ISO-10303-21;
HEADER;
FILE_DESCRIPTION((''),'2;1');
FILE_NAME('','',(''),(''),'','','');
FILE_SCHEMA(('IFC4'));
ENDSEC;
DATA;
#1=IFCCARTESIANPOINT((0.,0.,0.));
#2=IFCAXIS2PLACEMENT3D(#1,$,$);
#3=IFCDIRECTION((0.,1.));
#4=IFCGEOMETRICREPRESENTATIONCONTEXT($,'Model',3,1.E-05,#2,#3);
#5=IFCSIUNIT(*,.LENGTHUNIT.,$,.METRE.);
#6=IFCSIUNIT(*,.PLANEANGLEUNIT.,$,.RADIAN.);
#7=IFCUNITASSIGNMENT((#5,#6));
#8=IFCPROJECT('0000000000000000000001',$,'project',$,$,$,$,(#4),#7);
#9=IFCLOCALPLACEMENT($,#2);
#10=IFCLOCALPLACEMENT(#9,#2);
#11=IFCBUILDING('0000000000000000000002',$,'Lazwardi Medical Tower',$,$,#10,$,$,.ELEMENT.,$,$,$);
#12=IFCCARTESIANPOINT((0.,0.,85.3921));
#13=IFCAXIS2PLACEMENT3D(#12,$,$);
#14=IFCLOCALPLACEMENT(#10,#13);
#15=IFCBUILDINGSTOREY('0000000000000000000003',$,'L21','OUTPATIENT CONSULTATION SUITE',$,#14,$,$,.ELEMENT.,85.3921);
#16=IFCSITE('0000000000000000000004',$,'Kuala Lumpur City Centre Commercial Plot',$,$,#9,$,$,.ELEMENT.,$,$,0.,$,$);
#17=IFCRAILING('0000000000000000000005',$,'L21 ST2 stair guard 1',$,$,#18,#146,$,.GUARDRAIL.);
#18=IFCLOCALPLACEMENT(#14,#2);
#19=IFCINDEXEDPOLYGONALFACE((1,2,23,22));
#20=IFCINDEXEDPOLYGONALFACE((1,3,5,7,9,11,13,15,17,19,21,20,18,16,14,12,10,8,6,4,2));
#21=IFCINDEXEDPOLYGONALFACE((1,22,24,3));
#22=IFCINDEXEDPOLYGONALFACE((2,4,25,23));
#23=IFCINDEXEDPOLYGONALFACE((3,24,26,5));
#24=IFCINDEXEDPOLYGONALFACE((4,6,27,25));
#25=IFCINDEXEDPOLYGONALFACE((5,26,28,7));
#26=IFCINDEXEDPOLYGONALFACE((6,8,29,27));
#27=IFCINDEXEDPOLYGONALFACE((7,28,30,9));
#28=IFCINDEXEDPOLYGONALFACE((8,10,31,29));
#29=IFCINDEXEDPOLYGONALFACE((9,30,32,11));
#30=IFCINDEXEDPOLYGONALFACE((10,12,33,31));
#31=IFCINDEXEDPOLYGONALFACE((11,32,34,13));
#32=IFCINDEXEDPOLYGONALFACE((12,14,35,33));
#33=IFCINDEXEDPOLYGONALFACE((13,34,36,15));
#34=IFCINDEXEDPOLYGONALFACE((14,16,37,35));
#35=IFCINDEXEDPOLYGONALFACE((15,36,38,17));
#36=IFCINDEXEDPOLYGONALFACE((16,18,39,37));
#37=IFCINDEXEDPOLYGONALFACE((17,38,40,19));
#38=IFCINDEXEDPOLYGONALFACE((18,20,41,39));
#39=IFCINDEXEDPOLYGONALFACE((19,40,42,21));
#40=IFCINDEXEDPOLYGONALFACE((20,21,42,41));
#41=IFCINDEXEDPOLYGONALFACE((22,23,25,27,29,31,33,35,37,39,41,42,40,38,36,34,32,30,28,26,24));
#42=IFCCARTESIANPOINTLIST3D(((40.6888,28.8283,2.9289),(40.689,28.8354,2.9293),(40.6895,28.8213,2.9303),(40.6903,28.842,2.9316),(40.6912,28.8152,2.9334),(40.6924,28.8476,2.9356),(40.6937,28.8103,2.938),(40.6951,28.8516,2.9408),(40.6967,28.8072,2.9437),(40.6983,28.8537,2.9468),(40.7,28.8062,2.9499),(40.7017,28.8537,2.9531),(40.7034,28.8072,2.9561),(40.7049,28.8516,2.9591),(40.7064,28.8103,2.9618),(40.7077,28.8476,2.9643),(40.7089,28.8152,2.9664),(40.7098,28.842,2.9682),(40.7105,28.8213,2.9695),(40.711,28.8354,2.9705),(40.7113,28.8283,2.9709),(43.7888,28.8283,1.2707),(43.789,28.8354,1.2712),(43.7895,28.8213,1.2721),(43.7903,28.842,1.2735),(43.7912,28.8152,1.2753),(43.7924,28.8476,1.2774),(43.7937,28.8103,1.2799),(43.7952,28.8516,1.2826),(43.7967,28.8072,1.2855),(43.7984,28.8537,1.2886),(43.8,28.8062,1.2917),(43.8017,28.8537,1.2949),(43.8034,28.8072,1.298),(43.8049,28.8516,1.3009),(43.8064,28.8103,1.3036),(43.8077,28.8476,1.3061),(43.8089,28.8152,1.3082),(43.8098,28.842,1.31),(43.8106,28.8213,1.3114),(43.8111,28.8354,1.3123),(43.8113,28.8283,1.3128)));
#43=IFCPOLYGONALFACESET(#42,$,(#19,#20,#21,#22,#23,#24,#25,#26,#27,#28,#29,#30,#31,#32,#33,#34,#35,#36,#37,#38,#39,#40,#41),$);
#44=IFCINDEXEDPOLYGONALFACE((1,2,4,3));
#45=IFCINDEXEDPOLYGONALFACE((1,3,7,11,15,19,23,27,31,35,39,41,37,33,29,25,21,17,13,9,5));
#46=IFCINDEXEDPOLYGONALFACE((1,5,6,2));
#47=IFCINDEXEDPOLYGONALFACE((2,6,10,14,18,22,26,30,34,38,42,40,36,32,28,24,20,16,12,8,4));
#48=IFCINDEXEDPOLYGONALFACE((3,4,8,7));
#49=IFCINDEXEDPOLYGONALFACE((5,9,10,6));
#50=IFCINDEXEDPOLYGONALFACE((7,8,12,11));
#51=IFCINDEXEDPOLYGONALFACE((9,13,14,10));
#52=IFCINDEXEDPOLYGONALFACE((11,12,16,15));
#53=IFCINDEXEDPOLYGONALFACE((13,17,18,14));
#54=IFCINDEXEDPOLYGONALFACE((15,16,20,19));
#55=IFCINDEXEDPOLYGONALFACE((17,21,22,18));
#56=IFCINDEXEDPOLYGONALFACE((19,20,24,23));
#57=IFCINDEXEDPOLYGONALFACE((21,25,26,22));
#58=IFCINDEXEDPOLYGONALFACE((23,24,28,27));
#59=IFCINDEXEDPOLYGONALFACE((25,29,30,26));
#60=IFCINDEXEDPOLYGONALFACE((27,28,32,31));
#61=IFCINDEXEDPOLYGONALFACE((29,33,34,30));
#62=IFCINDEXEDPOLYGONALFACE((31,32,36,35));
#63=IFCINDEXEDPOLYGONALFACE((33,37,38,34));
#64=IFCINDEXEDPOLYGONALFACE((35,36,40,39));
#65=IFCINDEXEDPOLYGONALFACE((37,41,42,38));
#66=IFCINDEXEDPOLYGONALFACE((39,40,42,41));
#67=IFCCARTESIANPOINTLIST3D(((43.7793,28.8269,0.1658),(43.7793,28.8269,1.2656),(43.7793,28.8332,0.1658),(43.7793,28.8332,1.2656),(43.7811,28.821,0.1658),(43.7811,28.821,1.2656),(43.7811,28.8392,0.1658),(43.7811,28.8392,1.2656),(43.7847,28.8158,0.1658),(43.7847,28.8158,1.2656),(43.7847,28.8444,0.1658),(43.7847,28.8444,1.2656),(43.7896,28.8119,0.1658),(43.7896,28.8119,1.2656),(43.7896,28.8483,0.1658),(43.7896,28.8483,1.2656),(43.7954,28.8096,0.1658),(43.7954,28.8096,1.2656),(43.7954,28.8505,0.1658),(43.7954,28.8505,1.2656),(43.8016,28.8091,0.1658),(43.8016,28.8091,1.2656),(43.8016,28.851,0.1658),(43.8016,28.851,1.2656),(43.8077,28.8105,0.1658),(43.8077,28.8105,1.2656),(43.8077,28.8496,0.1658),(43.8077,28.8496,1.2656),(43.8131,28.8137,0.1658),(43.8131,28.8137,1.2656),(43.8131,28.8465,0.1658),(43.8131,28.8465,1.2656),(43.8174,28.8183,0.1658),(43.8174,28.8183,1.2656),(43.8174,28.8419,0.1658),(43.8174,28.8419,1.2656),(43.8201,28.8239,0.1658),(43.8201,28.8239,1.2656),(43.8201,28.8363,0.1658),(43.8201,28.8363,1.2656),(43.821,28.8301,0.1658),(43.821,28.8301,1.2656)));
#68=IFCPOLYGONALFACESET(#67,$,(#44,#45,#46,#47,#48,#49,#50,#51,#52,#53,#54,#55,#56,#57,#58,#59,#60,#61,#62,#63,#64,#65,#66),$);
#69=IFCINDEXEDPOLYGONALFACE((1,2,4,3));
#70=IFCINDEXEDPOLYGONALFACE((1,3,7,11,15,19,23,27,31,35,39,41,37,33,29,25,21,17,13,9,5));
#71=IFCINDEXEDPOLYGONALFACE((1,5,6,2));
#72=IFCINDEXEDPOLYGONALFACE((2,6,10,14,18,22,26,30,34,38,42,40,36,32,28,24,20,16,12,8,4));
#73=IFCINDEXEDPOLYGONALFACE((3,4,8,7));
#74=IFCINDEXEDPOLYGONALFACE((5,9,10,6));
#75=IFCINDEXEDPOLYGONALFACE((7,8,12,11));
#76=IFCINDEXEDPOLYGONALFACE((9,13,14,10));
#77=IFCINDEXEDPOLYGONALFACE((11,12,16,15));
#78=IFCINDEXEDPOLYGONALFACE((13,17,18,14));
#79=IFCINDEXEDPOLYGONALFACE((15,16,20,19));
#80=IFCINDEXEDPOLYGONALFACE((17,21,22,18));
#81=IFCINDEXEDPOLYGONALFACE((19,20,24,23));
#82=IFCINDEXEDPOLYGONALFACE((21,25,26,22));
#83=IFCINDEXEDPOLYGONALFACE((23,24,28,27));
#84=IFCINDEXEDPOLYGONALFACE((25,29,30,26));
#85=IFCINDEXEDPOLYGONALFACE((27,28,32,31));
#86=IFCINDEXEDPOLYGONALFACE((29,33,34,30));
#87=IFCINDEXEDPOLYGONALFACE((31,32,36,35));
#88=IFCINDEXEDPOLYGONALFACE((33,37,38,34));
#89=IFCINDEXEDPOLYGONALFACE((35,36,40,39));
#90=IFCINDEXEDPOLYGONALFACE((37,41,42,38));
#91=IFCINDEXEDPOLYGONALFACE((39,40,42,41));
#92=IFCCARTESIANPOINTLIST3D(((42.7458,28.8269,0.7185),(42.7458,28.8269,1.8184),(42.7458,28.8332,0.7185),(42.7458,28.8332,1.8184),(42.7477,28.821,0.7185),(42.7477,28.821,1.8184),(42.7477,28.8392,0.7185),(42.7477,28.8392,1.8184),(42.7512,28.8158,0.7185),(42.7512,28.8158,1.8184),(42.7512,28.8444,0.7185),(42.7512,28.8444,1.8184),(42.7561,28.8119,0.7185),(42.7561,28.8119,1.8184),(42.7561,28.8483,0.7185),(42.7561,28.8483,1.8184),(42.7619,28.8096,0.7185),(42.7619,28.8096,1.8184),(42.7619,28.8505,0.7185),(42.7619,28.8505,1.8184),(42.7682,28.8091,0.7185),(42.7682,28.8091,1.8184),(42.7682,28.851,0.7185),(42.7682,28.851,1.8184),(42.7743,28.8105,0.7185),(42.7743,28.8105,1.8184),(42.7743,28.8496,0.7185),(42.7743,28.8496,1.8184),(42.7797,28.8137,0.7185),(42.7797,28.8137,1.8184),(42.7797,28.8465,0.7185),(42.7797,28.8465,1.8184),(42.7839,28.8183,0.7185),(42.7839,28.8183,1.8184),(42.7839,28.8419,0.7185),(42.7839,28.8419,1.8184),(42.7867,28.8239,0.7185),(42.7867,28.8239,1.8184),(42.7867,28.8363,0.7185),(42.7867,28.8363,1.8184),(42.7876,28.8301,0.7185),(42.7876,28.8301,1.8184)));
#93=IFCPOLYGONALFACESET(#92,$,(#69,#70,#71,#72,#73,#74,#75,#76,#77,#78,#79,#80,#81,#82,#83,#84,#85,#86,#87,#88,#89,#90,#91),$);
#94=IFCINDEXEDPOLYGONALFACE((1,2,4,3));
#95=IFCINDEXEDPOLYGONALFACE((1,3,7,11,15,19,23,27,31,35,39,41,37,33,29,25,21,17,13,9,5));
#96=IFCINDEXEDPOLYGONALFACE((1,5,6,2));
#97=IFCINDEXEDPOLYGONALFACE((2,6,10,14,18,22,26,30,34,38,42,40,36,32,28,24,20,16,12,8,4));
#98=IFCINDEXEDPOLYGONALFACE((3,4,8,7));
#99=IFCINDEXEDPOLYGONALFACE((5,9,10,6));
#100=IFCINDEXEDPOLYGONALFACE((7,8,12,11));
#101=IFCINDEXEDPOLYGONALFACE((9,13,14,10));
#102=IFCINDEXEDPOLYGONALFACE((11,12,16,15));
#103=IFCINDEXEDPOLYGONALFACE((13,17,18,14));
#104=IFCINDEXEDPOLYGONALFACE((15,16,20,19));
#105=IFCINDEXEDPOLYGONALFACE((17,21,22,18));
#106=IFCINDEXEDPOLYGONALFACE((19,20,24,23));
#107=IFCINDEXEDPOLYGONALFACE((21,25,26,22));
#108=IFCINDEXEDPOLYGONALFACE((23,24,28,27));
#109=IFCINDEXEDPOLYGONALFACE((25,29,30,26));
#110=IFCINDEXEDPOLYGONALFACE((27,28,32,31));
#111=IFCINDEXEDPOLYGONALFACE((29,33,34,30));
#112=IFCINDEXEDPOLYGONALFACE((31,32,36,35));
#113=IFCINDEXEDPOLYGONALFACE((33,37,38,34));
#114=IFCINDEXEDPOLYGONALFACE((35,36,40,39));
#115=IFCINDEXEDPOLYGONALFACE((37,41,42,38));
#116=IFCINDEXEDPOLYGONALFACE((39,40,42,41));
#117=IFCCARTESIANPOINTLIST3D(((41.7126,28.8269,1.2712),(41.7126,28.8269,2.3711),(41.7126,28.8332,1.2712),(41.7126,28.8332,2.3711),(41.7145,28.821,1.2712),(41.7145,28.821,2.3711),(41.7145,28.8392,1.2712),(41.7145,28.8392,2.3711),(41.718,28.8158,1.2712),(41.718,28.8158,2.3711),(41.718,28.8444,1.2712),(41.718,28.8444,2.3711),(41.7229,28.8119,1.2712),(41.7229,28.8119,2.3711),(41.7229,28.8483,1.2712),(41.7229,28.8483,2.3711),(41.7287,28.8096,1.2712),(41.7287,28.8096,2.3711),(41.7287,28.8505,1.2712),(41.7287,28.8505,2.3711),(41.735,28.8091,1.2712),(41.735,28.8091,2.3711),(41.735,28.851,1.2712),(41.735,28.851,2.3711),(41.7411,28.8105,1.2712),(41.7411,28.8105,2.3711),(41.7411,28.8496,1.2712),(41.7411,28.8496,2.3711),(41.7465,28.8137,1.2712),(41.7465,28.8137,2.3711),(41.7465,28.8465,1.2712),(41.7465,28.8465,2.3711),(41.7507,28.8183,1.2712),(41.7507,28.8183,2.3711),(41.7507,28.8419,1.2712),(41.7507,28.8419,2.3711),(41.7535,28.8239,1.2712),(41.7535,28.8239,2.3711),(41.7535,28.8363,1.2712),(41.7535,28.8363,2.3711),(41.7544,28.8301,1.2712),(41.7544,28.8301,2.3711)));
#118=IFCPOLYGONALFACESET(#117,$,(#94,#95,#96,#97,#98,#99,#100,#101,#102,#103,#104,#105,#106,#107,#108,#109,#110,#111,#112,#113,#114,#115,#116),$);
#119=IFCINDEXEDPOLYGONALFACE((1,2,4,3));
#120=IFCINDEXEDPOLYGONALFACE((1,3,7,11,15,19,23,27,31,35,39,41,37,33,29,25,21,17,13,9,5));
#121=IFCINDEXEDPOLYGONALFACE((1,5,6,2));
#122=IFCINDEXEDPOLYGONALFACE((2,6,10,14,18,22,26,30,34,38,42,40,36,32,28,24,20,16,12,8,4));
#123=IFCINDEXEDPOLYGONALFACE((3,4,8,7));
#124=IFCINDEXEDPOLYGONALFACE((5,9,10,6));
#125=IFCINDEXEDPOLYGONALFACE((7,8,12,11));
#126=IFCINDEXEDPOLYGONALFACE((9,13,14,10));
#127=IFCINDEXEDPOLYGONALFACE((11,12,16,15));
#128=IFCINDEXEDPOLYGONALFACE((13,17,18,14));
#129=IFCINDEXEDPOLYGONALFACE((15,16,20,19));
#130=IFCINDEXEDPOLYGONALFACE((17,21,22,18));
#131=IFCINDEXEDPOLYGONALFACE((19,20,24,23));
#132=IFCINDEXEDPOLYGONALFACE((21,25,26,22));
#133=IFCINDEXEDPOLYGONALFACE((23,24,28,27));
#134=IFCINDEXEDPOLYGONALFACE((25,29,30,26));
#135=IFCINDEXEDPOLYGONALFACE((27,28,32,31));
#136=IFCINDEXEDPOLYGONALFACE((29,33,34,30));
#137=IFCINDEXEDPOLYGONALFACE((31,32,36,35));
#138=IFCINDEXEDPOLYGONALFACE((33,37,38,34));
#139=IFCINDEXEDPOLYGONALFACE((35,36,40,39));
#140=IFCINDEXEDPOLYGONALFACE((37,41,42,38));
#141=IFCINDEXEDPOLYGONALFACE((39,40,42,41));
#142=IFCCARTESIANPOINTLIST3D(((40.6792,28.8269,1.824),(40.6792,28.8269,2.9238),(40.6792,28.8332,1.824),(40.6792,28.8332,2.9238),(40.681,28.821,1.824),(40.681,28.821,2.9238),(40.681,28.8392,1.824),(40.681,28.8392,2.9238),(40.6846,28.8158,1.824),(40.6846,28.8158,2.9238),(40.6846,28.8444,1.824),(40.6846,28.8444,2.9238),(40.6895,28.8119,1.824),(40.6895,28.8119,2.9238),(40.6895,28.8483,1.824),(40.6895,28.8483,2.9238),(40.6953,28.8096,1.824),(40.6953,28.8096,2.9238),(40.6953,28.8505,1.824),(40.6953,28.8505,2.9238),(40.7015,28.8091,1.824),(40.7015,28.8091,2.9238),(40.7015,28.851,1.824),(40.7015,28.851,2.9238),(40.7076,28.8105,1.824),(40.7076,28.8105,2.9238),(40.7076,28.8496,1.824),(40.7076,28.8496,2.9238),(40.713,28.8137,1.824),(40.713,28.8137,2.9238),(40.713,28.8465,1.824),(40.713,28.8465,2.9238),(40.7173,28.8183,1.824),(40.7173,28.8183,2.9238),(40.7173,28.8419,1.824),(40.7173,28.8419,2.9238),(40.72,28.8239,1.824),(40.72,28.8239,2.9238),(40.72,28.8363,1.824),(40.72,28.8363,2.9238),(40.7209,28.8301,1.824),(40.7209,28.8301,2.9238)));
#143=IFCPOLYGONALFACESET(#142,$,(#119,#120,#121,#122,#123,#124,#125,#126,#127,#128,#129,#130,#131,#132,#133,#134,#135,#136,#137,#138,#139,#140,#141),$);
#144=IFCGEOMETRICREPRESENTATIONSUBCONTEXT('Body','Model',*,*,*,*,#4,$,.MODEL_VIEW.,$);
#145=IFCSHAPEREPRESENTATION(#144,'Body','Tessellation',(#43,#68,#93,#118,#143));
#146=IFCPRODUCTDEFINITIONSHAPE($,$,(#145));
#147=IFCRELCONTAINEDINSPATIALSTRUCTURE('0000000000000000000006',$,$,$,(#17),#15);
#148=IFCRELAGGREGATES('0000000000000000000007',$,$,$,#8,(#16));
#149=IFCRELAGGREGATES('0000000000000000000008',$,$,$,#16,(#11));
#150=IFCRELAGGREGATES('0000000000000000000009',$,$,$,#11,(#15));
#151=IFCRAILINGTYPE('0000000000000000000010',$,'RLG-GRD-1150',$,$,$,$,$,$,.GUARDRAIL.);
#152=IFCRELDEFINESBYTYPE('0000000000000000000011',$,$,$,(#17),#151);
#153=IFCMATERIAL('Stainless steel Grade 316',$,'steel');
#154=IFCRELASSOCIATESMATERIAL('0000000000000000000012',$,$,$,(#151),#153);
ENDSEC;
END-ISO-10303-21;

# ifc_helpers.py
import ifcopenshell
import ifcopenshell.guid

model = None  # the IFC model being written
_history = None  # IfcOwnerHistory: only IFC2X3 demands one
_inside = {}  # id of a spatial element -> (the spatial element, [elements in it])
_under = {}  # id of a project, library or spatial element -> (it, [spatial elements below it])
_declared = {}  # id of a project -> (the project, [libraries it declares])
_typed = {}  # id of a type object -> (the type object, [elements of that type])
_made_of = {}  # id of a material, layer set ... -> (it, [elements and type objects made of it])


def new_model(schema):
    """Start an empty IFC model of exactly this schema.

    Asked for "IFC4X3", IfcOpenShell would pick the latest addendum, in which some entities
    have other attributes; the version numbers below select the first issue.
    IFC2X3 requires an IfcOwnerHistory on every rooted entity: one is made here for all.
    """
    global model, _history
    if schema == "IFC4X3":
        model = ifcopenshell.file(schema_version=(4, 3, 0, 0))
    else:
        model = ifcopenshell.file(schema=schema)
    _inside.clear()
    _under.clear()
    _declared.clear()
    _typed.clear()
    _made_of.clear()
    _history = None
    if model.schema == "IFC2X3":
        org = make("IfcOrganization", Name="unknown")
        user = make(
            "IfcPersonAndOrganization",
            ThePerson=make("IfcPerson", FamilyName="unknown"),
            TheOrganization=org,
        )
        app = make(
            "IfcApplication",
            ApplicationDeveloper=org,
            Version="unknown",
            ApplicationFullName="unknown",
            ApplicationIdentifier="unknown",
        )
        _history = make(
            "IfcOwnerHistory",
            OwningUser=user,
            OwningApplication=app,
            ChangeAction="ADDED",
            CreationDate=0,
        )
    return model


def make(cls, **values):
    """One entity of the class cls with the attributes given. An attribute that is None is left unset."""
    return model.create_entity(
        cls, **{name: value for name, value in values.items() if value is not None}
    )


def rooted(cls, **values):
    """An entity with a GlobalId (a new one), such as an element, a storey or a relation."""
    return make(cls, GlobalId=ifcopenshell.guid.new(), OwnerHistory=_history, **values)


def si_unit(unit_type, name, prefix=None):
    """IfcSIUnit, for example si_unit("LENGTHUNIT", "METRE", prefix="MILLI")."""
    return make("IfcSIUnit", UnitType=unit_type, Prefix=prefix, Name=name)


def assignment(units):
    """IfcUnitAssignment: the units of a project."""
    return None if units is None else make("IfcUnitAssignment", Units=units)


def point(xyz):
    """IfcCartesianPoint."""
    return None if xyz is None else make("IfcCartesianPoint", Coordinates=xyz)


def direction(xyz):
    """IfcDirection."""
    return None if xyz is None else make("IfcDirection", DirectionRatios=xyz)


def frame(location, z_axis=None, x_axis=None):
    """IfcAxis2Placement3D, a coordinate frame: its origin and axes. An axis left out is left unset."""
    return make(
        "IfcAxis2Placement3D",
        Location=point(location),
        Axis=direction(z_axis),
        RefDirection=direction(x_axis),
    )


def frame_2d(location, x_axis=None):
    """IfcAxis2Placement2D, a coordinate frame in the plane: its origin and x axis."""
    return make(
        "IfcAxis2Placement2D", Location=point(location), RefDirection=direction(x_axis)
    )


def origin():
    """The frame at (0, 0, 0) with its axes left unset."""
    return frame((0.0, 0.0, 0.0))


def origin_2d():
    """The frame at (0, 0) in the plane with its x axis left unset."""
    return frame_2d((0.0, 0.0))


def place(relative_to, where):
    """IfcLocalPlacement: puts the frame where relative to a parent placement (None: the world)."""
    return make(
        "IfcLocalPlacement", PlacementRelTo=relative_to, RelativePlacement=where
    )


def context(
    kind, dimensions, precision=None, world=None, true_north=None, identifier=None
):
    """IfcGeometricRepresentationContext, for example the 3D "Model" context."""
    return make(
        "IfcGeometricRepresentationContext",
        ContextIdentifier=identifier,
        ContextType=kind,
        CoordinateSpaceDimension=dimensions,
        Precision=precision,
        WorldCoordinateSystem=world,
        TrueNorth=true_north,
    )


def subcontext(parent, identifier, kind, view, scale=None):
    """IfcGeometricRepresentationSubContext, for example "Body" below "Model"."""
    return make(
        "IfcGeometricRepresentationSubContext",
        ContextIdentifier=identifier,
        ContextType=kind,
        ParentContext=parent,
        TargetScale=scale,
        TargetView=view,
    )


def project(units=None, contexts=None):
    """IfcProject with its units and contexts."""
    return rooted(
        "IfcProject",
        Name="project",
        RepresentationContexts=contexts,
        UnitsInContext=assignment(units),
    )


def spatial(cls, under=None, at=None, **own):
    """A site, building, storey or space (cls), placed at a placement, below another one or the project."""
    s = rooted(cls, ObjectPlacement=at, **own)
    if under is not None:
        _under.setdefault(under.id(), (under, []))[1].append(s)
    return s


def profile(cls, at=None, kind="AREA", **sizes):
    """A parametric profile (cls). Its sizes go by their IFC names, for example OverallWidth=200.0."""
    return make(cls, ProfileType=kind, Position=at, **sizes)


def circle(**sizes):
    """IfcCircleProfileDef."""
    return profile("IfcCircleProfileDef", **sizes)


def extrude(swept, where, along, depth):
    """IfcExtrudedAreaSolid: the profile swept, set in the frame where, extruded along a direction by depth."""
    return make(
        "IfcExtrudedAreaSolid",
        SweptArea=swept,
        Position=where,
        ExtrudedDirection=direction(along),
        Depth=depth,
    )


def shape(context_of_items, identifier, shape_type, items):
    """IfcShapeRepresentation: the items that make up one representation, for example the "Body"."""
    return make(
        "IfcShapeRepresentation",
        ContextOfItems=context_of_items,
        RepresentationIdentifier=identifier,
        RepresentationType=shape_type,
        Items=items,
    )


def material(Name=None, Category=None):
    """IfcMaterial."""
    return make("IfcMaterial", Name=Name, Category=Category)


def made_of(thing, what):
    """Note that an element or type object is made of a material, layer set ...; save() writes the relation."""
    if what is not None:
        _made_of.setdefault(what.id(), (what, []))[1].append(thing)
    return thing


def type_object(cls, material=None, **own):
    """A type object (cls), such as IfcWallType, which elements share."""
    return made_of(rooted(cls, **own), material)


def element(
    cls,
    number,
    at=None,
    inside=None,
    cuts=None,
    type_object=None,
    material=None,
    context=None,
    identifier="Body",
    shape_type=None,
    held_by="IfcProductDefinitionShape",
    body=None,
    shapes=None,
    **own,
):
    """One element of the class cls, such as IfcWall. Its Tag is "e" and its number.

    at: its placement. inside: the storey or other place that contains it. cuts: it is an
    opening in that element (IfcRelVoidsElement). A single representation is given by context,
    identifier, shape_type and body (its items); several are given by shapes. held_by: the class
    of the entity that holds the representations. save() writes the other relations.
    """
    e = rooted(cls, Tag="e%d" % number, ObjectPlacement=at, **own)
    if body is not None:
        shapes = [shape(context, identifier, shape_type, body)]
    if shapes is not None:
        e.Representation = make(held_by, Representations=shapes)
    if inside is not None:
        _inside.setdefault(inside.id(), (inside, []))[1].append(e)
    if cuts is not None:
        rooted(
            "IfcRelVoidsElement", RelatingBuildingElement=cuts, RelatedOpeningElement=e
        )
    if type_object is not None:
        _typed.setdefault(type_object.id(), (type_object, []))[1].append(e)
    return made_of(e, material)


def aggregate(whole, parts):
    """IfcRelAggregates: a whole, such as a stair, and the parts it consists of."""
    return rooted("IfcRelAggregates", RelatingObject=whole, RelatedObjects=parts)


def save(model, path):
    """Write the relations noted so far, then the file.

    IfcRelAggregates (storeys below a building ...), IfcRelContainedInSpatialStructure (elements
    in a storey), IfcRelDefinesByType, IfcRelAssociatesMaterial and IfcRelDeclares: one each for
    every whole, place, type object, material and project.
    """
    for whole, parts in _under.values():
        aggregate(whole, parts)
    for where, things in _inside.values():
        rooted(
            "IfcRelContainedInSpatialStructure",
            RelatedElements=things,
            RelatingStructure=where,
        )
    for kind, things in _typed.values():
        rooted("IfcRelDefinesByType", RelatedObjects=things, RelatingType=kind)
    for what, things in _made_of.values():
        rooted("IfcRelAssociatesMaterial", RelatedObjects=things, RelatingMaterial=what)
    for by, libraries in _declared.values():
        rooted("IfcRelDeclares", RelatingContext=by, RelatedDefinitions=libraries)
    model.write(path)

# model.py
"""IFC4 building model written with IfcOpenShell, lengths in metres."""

from ifc_helpers import new_model, si_unit, direction, frame, origin, origin_2d, place, context, subcontext, project, spatial, circle, extrude, material, type_object, element, save


model = new_model("IFC4")

# Units and contexts
model_context = context("Model", 3, precision=1e-05, world=origin(), true_north=direction((0.0, 1.0)))
body_context = subcontext(model_context, "Body", "Model", "MODEL_VIEW")
ifc_project = project(units=[si_unit("LENGTHUNIT", "METRE"), si_unit("PLANEANGLEUNIT", "RADIAN")], contexts=[model_context])

# Site, building, storey
site_placement = place(None, origin())
site = spatial("IfcSite", under=ifc_project, at=site_placement, Name="Kuala Lumpur City Centre Commercial Plot", CompositionType="ELEMENT", RefElevation=0.0)
building_placement = place(site_placement, origin())
building = spatial("IfcBuilding", under=site, at=building_placement, Name="Lazwardi Medical Tower", CompositionType="ELEMENT")
storey_placement = place(building_placement, frame((0.0, 0.0, 85.3921)))
storey = spatial("IfcBuildingStorey", under=building, at=storey_placement, Name="L21", Description="OUTPATIENT CONSULTATION SUITE", CompositionType="ELEMENT", Elevation=85.3921)

# Railing
ifc_material_1 = material(Name="Stainless steel Grade 316", Category="steel")
railing_type_1 = type_object("IfcRailingType", Name="RLG-GRD-1150", PredefinedType="GUARDRAIL", material=ifc_material_1)
railing_1_placement = place(storey_placement, frame((43.8, 28.8301, 0.1658)))
element("IfcRailing", 1, at=railing_1_placement, inside=storey, type_object=railing_type_1, Name="L21 ST2 stair guard 1", PredefinedType="GUARDRAIL", context=body_context, shape_type="SweptSolid", body=[
    extrude(circle(Radius=0.0239, at=origin_2d()), frame((0.0, 0.0, 1.126), z_axis=(-0.881783, 0.0, 0.471655), x_axis=(0.0, -1.0, 0.0)), (0.0, 0.0, 1.0), 3.5156),
    extrude(circle(Radius=0.021, at=origin_2d()), origin(), (0.0, 0.0, 1.0), 1.0999),
    extrude(circle(Radius=0.021, at=origin_2d()), frame((-1.0334, 0.0, 0.5527)), (0.0, 0.0, 1.0), 1.0999),
    extrude(circle(Radius=0.021, at=origin_2d()), frame((-2.0667, 0.0, 1.1055)), (0.0, 0.0, 1.0), 1.0999),
    extrude(circle(Radius=0.021, at=origin_2d()), frame((-3.1001, 0.0, 1.6582)), (0.0, 0.0, 1.0), 1.0999),
])

save(model, "model.ifc")
